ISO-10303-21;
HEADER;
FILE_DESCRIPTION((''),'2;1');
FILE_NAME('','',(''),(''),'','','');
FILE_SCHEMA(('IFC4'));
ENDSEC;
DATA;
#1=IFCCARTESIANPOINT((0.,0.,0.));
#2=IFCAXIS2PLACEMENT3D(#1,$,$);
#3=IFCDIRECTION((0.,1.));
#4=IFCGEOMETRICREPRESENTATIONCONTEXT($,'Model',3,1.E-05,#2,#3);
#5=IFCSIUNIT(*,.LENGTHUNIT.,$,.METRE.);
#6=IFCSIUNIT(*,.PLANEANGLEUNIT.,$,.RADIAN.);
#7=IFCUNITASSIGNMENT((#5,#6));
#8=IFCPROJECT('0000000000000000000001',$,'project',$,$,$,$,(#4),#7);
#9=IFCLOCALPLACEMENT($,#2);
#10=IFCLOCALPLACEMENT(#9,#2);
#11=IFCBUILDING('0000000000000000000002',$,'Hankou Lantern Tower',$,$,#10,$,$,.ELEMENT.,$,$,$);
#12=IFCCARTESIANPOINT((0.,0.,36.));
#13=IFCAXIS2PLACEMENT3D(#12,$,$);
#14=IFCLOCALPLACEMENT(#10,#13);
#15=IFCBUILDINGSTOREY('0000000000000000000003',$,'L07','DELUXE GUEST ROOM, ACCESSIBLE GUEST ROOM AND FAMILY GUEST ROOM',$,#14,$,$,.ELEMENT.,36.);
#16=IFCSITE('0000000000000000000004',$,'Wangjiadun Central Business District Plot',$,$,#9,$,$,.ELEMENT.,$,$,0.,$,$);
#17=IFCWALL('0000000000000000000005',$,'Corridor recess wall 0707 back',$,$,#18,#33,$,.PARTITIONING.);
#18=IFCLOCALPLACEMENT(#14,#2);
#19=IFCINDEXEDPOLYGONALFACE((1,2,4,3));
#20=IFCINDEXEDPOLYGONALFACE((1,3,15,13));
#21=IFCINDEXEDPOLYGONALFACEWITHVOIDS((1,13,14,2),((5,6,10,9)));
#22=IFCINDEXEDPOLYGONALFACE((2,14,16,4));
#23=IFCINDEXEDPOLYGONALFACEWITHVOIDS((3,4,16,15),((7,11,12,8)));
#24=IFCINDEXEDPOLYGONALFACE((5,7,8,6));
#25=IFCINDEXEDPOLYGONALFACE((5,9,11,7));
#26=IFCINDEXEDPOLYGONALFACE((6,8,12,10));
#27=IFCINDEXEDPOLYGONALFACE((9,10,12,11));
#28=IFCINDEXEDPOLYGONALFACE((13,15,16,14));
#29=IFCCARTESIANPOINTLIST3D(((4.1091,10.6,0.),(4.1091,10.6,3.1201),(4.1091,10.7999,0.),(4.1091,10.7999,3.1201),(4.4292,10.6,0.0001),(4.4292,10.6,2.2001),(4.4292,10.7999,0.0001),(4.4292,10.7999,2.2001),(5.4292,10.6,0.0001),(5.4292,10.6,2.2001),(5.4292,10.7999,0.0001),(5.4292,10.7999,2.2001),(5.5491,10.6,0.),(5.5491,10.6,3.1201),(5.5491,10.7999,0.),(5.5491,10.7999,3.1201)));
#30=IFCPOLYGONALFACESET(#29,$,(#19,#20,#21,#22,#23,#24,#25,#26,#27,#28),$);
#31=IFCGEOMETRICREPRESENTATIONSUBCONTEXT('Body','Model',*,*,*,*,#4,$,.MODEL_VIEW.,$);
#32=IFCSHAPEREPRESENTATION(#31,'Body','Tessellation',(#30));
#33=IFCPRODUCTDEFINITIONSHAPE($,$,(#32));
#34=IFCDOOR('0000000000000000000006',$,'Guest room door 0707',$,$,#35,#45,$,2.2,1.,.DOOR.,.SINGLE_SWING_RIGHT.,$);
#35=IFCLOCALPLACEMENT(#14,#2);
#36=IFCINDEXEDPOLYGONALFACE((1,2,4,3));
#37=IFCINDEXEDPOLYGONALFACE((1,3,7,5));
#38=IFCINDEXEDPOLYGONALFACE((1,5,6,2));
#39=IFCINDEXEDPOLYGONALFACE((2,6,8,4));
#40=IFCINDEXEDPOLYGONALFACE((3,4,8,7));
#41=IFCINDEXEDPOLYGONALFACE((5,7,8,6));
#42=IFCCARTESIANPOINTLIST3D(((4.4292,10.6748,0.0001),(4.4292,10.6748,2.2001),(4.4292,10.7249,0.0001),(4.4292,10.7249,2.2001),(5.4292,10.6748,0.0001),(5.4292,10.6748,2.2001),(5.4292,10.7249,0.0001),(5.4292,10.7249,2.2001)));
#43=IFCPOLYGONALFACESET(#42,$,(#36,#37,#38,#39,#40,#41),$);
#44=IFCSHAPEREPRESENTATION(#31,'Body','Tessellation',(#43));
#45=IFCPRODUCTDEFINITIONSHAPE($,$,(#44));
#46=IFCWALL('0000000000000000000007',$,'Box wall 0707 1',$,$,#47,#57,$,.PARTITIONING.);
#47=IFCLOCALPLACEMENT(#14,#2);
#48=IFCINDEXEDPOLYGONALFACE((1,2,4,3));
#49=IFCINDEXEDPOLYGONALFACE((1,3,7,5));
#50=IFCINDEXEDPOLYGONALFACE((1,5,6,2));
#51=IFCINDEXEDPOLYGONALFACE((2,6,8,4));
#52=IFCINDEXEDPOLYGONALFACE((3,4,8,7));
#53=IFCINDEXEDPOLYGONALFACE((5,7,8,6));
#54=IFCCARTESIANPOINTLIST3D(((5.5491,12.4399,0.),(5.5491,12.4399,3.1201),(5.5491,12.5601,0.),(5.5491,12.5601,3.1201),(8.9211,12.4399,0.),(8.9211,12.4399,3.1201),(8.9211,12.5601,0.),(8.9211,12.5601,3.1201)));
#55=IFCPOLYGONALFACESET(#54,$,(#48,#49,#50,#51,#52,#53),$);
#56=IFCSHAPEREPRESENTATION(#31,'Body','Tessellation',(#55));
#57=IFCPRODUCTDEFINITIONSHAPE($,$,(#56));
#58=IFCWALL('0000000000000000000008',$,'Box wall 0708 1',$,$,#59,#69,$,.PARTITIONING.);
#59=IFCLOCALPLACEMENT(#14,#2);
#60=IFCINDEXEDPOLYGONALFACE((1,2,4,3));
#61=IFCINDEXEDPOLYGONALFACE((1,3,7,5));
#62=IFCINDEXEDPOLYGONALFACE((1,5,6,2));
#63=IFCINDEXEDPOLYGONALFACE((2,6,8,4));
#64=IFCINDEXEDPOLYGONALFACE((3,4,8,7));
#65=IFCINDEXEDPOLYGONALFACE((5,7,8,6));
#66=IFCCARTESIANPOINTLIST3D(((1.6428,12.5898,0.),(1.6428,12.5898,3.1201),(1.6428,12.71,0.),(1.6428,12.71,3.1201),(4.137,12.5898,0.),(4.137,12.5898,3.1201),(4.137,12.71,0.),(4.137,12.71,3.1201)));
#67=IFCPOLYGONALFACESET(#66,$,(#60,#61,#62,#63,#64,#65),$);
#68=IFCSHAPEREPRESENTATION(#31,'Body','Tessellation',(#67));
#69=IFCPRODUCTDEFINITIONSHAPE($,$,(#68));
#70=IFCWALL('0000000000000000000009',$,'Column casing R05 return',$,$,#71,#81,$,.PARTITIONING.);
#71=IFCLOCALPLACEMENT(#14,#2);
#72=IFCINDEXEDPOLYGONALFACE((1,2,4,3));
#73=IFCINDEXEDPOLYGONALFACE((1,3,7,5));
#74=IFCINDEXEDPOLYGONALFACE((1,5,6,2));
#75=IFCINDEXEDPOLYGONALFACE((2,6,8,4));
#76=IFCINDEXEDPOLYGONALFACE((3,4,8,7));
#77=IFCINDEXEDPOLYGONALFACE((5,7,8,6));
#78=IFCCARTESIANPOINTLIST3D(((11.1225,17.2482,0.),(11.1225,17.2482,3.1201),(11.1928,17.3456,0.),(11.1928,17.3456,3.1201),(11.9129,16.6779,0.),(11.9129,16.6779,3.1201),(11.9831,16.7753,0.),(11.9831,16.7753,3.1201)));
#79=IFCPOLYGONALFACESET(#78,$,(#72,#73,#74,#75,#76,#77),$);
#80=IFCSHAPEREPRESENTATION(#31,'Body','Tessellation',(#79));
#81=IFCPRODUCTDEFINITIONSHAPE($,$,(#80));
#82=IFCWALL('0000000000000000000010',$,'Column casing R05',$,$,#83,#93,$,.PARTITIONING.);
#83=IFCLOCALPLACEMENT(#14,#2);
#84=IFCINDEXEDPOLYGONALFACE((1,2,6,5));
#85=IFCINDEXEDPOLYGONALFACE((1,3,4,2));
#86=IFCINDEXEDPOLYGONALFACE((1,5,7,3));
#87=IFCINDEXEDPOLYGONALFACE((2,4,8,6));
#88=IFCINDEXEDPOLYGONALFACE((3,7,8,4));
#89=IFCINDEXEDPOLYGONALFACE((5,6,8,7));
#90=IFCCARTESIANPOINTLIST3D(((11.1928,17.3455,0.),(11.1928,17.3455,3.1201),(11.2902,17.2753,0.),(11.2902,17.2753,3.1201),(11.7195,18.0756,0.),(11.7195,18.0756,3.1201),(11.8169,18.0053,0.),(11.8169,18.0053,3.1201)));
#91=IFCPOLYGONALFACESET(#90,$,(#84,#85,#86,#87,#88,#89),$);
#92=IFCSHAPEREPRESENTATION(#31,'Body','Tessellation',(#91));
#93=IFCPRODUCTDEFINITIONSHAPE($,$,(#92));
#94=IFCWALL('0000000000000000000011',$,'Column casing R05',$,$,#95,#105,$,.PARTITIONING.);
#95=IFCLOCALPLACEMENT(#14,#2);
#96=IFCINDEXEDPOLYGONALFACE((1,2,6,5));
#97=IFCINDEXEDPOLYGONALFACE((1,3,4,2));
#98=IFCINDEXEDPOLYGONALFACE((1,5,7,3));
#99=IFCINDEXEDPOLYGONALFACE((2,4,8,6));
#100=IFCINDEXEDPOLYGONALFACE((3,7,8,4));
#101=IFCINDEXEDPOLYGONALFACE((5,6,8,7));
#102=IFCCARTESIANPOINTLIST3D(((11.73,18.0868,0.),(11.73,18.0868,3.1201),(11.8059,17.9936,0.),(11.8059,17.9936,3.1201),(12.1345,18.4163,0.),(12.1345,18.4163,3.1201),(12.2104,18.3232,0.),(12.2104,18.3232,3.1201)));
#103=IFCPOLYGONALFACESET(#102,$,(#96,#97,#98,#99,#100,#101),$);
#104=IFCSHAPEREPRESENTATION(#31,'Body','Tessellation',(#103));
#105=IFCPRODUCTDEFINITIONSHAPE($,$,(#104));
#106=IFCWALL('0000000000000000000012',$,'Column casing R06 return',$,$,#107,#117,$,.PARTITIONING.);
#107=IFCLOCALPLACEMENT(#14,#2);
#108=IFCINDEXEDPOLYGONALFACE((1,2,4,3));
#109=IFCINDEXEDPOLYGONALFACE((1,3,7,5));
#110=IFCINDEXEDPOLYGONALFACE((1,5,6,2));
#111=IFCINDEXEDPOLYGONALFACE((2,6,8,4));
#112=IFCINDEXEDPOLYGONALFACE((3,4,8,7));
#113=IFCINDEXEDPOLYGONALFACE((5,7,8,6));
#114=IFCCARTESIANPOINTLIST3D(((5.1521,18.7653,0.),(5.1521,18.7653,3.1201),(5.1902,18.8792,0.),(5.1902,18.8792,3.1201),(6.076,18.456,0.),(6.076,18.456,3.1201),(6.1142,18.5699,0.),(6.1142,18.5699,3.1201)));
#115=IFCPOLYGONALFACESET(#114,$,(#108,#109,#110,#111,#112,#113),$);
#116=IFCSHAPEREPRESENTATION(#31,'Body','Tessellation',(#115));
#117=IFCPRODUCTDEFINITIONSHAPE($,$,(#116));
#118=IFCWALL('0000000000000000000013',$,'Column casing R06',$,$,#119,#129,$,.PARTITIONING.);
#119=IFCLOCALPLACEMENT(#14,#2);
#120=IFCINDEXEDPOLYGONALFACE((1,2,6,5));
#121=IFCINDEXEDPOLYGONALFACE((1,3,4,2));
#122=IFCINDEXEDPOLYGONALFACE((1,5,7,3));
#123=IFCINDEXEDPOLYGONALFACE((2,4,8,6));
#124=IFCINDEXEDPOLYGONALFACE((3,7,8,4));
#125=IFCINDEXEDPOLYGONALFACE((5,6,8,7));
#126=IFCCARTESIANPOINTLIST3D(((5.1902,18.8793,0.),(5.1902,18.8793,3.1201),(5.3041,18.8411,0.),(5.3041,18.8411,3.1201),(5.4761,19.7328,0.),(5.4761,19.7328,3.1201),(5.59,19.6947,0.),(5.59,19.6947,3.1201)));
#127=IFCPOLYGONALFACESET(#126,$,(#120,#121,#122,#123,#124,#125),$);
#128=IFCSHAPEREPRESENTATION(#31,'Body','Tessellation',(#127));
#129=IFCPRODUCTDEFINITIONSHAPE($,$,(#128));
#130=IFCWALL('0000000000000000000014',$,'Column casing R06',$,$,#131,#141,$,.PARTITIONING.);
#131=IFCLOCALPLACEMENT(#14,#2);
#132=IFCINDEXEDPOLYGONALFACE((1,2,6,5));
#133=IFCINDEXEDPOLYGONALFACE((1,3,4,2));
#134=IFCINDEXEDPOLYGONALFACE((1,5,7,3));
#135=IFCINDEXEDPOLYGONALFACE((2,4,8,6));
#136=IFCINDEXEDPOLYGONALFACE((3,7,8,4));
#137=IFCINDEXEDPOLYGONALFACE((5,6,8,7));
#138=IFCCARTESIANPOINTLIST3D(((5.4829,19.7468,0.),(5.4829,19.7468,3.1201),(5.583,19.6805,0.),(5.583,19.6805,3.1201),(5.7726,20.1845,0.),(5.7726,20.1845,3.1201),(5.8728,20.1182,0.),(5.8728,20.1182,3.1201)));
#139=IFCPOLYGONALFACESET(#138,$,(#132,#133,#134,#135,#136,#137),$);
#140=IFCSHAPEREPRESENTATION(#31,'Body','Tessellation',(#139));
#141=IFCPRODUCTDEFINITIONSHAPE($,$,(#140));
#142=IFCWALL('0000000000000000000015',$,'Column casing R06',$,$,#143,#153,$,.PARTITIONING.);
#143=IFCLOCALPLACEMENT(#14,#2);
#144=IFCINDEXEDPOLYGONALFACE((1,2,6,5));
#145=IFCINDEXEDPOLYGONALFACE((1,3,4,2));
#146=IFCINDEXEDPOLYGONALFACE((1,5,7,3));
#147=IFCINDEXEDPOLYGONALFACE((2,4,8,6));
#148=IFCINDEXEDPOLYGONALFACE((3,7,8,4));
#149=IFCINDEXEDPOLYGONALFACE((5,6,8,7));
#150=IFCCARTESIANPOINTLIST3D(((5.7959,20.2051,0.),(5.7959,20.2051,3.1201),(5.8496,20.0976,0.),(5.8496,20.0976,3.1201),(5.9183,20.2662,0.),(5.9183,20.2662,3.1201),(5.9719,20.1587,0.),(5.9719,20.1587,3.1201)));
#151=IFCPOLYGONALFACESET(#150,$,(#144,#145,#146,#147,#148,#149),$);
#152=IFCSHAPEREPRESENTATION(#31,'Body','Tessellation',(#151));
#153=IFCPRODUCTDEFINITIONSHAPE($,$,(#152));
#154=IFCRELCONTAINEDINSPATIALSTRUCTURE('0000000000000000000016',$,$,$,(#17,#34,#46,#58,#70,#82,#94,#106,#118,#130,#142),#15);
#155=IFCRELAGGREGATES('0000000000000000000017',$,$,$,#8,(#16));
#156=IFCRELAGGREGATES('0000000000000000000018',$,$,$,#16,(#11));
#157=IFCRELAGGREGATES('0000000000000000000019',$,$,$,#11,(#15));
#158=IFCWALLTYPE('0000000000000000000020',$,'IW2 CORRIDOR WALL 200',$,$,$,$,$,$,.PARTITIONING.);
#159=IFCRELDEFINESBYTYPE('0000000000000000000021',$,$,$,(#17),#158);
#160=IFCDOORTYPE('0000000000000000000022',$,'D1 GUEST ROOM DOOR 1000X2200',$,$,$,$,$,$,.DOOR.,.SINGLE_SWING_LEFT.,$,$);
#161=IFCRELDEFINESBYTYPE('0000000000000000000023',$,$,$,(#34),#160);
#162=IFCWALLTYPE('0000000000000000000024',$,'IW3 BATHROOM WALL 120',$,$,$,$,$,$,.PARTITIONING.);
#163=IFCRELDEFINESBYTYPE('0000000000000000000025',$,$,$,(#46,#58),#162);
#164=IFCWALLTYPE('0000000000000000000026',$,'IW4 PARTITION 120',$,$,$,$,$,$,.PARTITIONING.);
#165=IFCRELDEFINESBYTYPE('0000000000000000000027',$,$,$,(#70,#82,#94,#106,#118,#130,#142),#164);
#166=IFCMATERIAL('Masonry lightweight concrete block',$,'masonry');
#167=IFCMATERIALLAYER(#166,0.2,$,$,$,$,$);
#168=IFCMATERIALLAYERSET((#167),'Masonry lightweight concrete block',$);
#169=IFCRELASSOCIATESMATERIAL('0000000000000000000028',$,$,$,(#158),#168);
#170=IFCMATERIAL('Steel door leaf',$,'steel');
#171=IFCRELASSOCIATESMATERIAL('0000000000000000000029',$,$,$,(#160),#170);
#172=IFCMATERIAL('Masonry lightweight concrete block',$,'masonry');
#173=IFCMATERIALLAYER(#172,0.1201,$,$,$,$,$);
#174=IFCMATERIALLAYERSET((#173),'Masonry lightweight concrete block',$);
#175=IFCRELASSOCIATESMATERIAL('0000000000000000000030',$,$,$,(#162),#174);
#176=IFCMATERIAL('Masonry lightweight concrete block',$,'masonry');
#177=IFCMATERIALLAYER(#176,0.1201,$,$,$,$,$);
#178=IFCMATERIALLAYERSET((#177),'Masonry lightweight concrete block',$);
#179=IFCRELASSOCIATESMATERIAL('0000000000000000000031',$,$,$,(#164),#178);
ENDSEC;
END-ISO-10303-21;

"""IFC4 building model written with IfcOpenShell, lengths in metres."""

from ifc_helpers import new_model, si_unit, direction, frame, frame_2d, origin, place, context, subcontext, project, spatial, rectangle, extrude, material, layer, layer_set, type_object, element, fill, save


model = new_model("IFC4")

# Units and contexts
model_context = context("Model", 3, precision=1e-05, world=origin(), true_north=direction((0.0, 1.0)))
body_context = subcontext(model_context, "Body", "Model", "MODEL_VIEW")
ifc_project = project(units=[si_unit("LENGTHUNIT", "METRE"), si_unit("PLANEANGLEUNIT", "RADIAN")], contexts=[model_context])

# Site, building, storey
site_placement = place(None, origin())
site = spatial("IfcSite", under=ifc_project, at=site_placement, Name="Wangjiadun Central Business District Plot", CompositionType="ELEMENT", RefElevation=0.0)
building_placement = place(site_placement, origin())
building = spatial("IfcBuilding", under=site, at=building_placement, Name="Hankou Lantern Tower", CompositionType="ELEMENT")
storey_placement = place(building_placement, frame((0.0, 0.0, 36.0)))
storey = spatial("IfcBuildingStorey", under=building, at=storey_placement, Name="L07", Description="DELUXE GUEST ROOM, ACCESSIBLE GUEST ROOM AND FAMILY GUEST ROOM", CompositionType="ELEMENT", Elevation=36.0)

# Wall, opening, door
ifc_material_1 = material(Name="Masonry lightweight concrete block", Category="masonry")
ifc_layer_1 = layer(ifc_material_1, 0.2)
ifc_layer_set_1 = layer_set([ifc_layer_1], Name="Masonry lightweight concrete block")
wall_type_1 = type_object("IfcWallType", Name="IW2 CORRIDOR WALL 200", PredefinedType="PARTITIONING", material=ifc_layer_set_1)
wall_1_placement = place(storey_placement, frame((4.1091, 10.7, 0.0), z_axis=(0.0, 0.0, 1.0), x_axis=(1.0, 0.0, 0.0)))
wall_1 = element("IfcWall", 1, at=wall_1_placement, inside=storey, type_object=wall_type_1, Name="Corridor recess wall 0707 back", PredefinedType="PARTITIONING", context=body_context, shape_type="SweptSolid", body=[
    extrude(rectangle(XDim=1.4399, YDim=0.2, at=frame_2d((0.72, 0.0))), origin(), (0.0, 0.0, 1.0), 3.1201),
])
opening_1_placement = place(wall_1_placement, frame((0.3201, 0.0, 0.0)))
opening_1 = element("IfcOpeningElement", 2, at=opening_1_placement, cuts=wall_1, PredefinedType="OPENING", context=body_context, shape_type="SweptSolid", body=[
    extrude(rectangle(XDim=1.0, YDim=2.2, at=frame_2d((0.5, 1.1001))), frame((0.0, 0.1099, 0.0), z_axis=(0.0, -1.0, 0.0), x_axis=(1.0, 0.0, 0.0)), (0.0, 0.0, 1.0), 0.22),
])
ifc_material_2 = material(Name="Steel door leaf", Category="steel")
door_type = type_object("IfcDoorType", Name="D1 GUEST ROOM DOOR 1000X2200", OperationType="SINGLE_SWING_LEFT", PredefinedType="DOOR", material=ifc_material_2)
door_placement = place(opening_1_placement, origin())
door = element("IfcDoor", 3, at=door_placement, inside=storey, type_object=door_type, Name="Guest room door 0707", OperationType="SINGLE_SWING_RIGHT", OverallHeight=2.2, OverallWidth=1.0, PredefinedType="DOOR", context=body_context, shape_type="SweptSolid", body=[
    extrude(rectangle(XDim=1.0, YDim=2.2, at=frame_2d((0.5, 1.1001))), frame((0.0, 0.0249, 0.0), z_axis=(0.0, -1.0, 0.0), x_axis=(1.0, 0.0, 0.0)), (0.0, 0.0, 1.0), 0.05),
])
fill(opening_1, door)

# Walls
ifc_material_3 = material(Name="Masonry lightweight concrete block", Category="masonry")
ifc_layer_2 = layer(ifc_material_3, 0.1201)
ifc_layer_set_2 = layer_set([ifc_layer_2], Name="Masonry lightweight concrete block")
wall_type_2 = type_object("IfcWallType", Name="IW3 BATHROOM WALL 120", PredefinedType="PARTITIONING", material=ifc_layer_set_2)
wall_2_placement = place(storey_placement, frame((8.9211, 12.5, 0.0), z_axis=(0.0, 0.0, 1.0), x_axis=(-1.0, 0.0, 0.0)))
element("IfcWall", 4, at=wall_2_placement, inside=storey, type_object=wall_type_2, Name="Box wall 0707 1", PredefinedType="PARTITIONING", context=body_context, shape_type="SweptSolid", body=[
    extrude(rectangle(XDim=3.3721, YDim=0.1201, at=frame_2d((1.686, 0.0))), origin(), (0.0, 0.0, 1.0), 3.1201),
])
wall_3_placement = place(storey_placement, frame((4.137, 12.6499, 0.0), z_axis=(0.0, 0.0, 1.0), x_axis=(-1.0, 0.0, 0.0)))
element("IfcWall", 5, at=wall_3_placement, inside=storey, type_object=wall_type_2, Name="Box wall 0708 1", PredefinedType="PARTITIONING", context=body_context, shape_type="SweptSolid", body=[
    extrude(rectangle(XDim=2.4941, YDim=0.1201, at=frame_2d((1.2471, 0.0))), origin(), (0.0, 0.0, 1.0), 3.1201),
])
ifc_material_4 = material(Name="Masonry lightweight concrete block", Category="masonry")
ifc_layer_3 = layer(ifc_material_4, 0.1201)
ifc_layer_set_3 = layer_set([ifc_layer_3], Name="Masonry lightweight concrete block")
wall_type_3 = type_object("IfcWallType", Name="IW4 PARTITION 120", PredefinedType="PARTITIONING", material=ifc_layer_set_3)
wall_4_placement = place(storey_placement, frame((11.948, 16.7266, 0.0), z_axis=(0.0, 0.0, 1.0), x_axis=(-0.810897, 0.585189, 0.0)))
element("IfcWall", 6, at=wall_4_placement, inside=storey, type_object=wall_type_3, Name="Column casing R05 return", PredefinedType="PARTITIONING", context=body_context, shape_type="SweptSolid", body=[
    extrude(rectangle(XDim=0.9746, YDim=0.1201, at=frame_2d((0.4873, 0.0))), origin(), (0.0, 0.0, 1.0), 3.1201),
])
wall_5_placement = place(storey_placement, frame((11.2415, 17.3103, 0.0), z_axis=(0.0, 0.0, 1.0), x_axis=(0.585055, 0.810994, 0.0)))
element("IfcWall", 7, at=wall_5_placement, inside=storey, type_object=wall_type_3, Name="Column casing R05", PredefinedType="PARTITIONING", context=body_context, shape_type="SweptSolid", body=[
    extrude(rectangle(XDim=0.9001, YDim=0.1201, at=frame_2d((0.4502, 0.0))), origin(), (0.0, 0.0, 1.0), 3.1201),
])
wall_6_placement = place(storey_placement, frame((11.7681, 18.0403, 0.0), z_axis=(0.0, 0.0, 1.0), x_axis=(0.775269, 0.631631, 0.0)))
element("IfcWall", 8, at=wall_6_placement, inside=storey, type_object=wall_type_3, Name="Column casing R05", PredefinedType="PARTITIONING", context=body_context, shape_type="SweptSolid", body=[
    extrude(rectangle(XDim=0.5217, YDim=0.1201, at=frame_2d((0.2607, 0.0))), origin(), (0.0, 0.0, 1.0), 3.1201),
])
wall_7_placement = place(storey_placement, frame((6.0952, 18.5129, 0.0), z_axis=(0.0, 0.0, 1.0), x_axis=(-0.948282, 0.31743, 0.0)))
element("IfcWall", 9, at=wall_7_placement, inside=storey, type_object=wall_type_3, Name="Column casing R06 return", PredefinedType="PARTITIONING", context=body_context, shape_type="SweptSolid", body=[
    extrude(rectangle(XDim=0.9744, YDim=0.1201, at=frame_2d((0.4873, 0.0))), origin(), (0.0, 0.0, 1.0), 3.1201),
])
wall_8_placement = place(storey_placement, frame((5.2471, 18.8601, 0.0), z_axis=(0.0, 0.0, 1.0), x_axis=(0.317611, 0.948221, 0.0)))
element("IfcWall", 10, at=wall_8_placement, inside=storey, type_object=wall_type_3, Name="Column casing R06", PredefinedType="PARTITIONING", context=body_context, shape_type="SweptSolid", body=[
    extrude(rectangle(XDim=0.9001, YDim=0.1201, at=frame_2d((0.4502, 0.0))), origin(), (0.0, 0.0, 1.0), 3.1201),
])
wall_9_placement = place(storey_placement, frame((5.533, 19.7136, 0.0), z_axis=(0.0, 0.0, 1.0), x_axis=(0.552014, 0.833835, 0.0)))
element("IfcWall", 11, at=wall_9_placement, inside=storey, type_object=wall_type_3, Name="Column casing R06", PredefinedType="PARTITIONING", context=body_context, shape_type="SweptSolid", body=[
    extrude(rectangle(XDim=0.5249, YDim=0.1201, at=frame_2d((0.2625, 0.0))), origin(), (0.0, 0.0, 1.0), 3.1201),
])
wall_10_placement = place(storey_placement, frame((5.8228, 20.1514, 0.0), z_axis=(0.0, 0.0, 1.0), x_axis=(0.894784, 0.446499, 0.0)))
element("IfcWall", 12, at=wall_10_placement, inside=storey, type_object=wall_type_3, Name="Column casing R06", PredefinedType="PARTITIONING", context=body_context, shape_type="SweptSolid", body=[
    extrude(rectangle(XDim=0.1367, YDim=0.1201, at=frame_2d((0.0684, 0.0))), origin(), (0.0, 0.0, 1.0), 3.1201),
])

save(model, "model.ifc")
